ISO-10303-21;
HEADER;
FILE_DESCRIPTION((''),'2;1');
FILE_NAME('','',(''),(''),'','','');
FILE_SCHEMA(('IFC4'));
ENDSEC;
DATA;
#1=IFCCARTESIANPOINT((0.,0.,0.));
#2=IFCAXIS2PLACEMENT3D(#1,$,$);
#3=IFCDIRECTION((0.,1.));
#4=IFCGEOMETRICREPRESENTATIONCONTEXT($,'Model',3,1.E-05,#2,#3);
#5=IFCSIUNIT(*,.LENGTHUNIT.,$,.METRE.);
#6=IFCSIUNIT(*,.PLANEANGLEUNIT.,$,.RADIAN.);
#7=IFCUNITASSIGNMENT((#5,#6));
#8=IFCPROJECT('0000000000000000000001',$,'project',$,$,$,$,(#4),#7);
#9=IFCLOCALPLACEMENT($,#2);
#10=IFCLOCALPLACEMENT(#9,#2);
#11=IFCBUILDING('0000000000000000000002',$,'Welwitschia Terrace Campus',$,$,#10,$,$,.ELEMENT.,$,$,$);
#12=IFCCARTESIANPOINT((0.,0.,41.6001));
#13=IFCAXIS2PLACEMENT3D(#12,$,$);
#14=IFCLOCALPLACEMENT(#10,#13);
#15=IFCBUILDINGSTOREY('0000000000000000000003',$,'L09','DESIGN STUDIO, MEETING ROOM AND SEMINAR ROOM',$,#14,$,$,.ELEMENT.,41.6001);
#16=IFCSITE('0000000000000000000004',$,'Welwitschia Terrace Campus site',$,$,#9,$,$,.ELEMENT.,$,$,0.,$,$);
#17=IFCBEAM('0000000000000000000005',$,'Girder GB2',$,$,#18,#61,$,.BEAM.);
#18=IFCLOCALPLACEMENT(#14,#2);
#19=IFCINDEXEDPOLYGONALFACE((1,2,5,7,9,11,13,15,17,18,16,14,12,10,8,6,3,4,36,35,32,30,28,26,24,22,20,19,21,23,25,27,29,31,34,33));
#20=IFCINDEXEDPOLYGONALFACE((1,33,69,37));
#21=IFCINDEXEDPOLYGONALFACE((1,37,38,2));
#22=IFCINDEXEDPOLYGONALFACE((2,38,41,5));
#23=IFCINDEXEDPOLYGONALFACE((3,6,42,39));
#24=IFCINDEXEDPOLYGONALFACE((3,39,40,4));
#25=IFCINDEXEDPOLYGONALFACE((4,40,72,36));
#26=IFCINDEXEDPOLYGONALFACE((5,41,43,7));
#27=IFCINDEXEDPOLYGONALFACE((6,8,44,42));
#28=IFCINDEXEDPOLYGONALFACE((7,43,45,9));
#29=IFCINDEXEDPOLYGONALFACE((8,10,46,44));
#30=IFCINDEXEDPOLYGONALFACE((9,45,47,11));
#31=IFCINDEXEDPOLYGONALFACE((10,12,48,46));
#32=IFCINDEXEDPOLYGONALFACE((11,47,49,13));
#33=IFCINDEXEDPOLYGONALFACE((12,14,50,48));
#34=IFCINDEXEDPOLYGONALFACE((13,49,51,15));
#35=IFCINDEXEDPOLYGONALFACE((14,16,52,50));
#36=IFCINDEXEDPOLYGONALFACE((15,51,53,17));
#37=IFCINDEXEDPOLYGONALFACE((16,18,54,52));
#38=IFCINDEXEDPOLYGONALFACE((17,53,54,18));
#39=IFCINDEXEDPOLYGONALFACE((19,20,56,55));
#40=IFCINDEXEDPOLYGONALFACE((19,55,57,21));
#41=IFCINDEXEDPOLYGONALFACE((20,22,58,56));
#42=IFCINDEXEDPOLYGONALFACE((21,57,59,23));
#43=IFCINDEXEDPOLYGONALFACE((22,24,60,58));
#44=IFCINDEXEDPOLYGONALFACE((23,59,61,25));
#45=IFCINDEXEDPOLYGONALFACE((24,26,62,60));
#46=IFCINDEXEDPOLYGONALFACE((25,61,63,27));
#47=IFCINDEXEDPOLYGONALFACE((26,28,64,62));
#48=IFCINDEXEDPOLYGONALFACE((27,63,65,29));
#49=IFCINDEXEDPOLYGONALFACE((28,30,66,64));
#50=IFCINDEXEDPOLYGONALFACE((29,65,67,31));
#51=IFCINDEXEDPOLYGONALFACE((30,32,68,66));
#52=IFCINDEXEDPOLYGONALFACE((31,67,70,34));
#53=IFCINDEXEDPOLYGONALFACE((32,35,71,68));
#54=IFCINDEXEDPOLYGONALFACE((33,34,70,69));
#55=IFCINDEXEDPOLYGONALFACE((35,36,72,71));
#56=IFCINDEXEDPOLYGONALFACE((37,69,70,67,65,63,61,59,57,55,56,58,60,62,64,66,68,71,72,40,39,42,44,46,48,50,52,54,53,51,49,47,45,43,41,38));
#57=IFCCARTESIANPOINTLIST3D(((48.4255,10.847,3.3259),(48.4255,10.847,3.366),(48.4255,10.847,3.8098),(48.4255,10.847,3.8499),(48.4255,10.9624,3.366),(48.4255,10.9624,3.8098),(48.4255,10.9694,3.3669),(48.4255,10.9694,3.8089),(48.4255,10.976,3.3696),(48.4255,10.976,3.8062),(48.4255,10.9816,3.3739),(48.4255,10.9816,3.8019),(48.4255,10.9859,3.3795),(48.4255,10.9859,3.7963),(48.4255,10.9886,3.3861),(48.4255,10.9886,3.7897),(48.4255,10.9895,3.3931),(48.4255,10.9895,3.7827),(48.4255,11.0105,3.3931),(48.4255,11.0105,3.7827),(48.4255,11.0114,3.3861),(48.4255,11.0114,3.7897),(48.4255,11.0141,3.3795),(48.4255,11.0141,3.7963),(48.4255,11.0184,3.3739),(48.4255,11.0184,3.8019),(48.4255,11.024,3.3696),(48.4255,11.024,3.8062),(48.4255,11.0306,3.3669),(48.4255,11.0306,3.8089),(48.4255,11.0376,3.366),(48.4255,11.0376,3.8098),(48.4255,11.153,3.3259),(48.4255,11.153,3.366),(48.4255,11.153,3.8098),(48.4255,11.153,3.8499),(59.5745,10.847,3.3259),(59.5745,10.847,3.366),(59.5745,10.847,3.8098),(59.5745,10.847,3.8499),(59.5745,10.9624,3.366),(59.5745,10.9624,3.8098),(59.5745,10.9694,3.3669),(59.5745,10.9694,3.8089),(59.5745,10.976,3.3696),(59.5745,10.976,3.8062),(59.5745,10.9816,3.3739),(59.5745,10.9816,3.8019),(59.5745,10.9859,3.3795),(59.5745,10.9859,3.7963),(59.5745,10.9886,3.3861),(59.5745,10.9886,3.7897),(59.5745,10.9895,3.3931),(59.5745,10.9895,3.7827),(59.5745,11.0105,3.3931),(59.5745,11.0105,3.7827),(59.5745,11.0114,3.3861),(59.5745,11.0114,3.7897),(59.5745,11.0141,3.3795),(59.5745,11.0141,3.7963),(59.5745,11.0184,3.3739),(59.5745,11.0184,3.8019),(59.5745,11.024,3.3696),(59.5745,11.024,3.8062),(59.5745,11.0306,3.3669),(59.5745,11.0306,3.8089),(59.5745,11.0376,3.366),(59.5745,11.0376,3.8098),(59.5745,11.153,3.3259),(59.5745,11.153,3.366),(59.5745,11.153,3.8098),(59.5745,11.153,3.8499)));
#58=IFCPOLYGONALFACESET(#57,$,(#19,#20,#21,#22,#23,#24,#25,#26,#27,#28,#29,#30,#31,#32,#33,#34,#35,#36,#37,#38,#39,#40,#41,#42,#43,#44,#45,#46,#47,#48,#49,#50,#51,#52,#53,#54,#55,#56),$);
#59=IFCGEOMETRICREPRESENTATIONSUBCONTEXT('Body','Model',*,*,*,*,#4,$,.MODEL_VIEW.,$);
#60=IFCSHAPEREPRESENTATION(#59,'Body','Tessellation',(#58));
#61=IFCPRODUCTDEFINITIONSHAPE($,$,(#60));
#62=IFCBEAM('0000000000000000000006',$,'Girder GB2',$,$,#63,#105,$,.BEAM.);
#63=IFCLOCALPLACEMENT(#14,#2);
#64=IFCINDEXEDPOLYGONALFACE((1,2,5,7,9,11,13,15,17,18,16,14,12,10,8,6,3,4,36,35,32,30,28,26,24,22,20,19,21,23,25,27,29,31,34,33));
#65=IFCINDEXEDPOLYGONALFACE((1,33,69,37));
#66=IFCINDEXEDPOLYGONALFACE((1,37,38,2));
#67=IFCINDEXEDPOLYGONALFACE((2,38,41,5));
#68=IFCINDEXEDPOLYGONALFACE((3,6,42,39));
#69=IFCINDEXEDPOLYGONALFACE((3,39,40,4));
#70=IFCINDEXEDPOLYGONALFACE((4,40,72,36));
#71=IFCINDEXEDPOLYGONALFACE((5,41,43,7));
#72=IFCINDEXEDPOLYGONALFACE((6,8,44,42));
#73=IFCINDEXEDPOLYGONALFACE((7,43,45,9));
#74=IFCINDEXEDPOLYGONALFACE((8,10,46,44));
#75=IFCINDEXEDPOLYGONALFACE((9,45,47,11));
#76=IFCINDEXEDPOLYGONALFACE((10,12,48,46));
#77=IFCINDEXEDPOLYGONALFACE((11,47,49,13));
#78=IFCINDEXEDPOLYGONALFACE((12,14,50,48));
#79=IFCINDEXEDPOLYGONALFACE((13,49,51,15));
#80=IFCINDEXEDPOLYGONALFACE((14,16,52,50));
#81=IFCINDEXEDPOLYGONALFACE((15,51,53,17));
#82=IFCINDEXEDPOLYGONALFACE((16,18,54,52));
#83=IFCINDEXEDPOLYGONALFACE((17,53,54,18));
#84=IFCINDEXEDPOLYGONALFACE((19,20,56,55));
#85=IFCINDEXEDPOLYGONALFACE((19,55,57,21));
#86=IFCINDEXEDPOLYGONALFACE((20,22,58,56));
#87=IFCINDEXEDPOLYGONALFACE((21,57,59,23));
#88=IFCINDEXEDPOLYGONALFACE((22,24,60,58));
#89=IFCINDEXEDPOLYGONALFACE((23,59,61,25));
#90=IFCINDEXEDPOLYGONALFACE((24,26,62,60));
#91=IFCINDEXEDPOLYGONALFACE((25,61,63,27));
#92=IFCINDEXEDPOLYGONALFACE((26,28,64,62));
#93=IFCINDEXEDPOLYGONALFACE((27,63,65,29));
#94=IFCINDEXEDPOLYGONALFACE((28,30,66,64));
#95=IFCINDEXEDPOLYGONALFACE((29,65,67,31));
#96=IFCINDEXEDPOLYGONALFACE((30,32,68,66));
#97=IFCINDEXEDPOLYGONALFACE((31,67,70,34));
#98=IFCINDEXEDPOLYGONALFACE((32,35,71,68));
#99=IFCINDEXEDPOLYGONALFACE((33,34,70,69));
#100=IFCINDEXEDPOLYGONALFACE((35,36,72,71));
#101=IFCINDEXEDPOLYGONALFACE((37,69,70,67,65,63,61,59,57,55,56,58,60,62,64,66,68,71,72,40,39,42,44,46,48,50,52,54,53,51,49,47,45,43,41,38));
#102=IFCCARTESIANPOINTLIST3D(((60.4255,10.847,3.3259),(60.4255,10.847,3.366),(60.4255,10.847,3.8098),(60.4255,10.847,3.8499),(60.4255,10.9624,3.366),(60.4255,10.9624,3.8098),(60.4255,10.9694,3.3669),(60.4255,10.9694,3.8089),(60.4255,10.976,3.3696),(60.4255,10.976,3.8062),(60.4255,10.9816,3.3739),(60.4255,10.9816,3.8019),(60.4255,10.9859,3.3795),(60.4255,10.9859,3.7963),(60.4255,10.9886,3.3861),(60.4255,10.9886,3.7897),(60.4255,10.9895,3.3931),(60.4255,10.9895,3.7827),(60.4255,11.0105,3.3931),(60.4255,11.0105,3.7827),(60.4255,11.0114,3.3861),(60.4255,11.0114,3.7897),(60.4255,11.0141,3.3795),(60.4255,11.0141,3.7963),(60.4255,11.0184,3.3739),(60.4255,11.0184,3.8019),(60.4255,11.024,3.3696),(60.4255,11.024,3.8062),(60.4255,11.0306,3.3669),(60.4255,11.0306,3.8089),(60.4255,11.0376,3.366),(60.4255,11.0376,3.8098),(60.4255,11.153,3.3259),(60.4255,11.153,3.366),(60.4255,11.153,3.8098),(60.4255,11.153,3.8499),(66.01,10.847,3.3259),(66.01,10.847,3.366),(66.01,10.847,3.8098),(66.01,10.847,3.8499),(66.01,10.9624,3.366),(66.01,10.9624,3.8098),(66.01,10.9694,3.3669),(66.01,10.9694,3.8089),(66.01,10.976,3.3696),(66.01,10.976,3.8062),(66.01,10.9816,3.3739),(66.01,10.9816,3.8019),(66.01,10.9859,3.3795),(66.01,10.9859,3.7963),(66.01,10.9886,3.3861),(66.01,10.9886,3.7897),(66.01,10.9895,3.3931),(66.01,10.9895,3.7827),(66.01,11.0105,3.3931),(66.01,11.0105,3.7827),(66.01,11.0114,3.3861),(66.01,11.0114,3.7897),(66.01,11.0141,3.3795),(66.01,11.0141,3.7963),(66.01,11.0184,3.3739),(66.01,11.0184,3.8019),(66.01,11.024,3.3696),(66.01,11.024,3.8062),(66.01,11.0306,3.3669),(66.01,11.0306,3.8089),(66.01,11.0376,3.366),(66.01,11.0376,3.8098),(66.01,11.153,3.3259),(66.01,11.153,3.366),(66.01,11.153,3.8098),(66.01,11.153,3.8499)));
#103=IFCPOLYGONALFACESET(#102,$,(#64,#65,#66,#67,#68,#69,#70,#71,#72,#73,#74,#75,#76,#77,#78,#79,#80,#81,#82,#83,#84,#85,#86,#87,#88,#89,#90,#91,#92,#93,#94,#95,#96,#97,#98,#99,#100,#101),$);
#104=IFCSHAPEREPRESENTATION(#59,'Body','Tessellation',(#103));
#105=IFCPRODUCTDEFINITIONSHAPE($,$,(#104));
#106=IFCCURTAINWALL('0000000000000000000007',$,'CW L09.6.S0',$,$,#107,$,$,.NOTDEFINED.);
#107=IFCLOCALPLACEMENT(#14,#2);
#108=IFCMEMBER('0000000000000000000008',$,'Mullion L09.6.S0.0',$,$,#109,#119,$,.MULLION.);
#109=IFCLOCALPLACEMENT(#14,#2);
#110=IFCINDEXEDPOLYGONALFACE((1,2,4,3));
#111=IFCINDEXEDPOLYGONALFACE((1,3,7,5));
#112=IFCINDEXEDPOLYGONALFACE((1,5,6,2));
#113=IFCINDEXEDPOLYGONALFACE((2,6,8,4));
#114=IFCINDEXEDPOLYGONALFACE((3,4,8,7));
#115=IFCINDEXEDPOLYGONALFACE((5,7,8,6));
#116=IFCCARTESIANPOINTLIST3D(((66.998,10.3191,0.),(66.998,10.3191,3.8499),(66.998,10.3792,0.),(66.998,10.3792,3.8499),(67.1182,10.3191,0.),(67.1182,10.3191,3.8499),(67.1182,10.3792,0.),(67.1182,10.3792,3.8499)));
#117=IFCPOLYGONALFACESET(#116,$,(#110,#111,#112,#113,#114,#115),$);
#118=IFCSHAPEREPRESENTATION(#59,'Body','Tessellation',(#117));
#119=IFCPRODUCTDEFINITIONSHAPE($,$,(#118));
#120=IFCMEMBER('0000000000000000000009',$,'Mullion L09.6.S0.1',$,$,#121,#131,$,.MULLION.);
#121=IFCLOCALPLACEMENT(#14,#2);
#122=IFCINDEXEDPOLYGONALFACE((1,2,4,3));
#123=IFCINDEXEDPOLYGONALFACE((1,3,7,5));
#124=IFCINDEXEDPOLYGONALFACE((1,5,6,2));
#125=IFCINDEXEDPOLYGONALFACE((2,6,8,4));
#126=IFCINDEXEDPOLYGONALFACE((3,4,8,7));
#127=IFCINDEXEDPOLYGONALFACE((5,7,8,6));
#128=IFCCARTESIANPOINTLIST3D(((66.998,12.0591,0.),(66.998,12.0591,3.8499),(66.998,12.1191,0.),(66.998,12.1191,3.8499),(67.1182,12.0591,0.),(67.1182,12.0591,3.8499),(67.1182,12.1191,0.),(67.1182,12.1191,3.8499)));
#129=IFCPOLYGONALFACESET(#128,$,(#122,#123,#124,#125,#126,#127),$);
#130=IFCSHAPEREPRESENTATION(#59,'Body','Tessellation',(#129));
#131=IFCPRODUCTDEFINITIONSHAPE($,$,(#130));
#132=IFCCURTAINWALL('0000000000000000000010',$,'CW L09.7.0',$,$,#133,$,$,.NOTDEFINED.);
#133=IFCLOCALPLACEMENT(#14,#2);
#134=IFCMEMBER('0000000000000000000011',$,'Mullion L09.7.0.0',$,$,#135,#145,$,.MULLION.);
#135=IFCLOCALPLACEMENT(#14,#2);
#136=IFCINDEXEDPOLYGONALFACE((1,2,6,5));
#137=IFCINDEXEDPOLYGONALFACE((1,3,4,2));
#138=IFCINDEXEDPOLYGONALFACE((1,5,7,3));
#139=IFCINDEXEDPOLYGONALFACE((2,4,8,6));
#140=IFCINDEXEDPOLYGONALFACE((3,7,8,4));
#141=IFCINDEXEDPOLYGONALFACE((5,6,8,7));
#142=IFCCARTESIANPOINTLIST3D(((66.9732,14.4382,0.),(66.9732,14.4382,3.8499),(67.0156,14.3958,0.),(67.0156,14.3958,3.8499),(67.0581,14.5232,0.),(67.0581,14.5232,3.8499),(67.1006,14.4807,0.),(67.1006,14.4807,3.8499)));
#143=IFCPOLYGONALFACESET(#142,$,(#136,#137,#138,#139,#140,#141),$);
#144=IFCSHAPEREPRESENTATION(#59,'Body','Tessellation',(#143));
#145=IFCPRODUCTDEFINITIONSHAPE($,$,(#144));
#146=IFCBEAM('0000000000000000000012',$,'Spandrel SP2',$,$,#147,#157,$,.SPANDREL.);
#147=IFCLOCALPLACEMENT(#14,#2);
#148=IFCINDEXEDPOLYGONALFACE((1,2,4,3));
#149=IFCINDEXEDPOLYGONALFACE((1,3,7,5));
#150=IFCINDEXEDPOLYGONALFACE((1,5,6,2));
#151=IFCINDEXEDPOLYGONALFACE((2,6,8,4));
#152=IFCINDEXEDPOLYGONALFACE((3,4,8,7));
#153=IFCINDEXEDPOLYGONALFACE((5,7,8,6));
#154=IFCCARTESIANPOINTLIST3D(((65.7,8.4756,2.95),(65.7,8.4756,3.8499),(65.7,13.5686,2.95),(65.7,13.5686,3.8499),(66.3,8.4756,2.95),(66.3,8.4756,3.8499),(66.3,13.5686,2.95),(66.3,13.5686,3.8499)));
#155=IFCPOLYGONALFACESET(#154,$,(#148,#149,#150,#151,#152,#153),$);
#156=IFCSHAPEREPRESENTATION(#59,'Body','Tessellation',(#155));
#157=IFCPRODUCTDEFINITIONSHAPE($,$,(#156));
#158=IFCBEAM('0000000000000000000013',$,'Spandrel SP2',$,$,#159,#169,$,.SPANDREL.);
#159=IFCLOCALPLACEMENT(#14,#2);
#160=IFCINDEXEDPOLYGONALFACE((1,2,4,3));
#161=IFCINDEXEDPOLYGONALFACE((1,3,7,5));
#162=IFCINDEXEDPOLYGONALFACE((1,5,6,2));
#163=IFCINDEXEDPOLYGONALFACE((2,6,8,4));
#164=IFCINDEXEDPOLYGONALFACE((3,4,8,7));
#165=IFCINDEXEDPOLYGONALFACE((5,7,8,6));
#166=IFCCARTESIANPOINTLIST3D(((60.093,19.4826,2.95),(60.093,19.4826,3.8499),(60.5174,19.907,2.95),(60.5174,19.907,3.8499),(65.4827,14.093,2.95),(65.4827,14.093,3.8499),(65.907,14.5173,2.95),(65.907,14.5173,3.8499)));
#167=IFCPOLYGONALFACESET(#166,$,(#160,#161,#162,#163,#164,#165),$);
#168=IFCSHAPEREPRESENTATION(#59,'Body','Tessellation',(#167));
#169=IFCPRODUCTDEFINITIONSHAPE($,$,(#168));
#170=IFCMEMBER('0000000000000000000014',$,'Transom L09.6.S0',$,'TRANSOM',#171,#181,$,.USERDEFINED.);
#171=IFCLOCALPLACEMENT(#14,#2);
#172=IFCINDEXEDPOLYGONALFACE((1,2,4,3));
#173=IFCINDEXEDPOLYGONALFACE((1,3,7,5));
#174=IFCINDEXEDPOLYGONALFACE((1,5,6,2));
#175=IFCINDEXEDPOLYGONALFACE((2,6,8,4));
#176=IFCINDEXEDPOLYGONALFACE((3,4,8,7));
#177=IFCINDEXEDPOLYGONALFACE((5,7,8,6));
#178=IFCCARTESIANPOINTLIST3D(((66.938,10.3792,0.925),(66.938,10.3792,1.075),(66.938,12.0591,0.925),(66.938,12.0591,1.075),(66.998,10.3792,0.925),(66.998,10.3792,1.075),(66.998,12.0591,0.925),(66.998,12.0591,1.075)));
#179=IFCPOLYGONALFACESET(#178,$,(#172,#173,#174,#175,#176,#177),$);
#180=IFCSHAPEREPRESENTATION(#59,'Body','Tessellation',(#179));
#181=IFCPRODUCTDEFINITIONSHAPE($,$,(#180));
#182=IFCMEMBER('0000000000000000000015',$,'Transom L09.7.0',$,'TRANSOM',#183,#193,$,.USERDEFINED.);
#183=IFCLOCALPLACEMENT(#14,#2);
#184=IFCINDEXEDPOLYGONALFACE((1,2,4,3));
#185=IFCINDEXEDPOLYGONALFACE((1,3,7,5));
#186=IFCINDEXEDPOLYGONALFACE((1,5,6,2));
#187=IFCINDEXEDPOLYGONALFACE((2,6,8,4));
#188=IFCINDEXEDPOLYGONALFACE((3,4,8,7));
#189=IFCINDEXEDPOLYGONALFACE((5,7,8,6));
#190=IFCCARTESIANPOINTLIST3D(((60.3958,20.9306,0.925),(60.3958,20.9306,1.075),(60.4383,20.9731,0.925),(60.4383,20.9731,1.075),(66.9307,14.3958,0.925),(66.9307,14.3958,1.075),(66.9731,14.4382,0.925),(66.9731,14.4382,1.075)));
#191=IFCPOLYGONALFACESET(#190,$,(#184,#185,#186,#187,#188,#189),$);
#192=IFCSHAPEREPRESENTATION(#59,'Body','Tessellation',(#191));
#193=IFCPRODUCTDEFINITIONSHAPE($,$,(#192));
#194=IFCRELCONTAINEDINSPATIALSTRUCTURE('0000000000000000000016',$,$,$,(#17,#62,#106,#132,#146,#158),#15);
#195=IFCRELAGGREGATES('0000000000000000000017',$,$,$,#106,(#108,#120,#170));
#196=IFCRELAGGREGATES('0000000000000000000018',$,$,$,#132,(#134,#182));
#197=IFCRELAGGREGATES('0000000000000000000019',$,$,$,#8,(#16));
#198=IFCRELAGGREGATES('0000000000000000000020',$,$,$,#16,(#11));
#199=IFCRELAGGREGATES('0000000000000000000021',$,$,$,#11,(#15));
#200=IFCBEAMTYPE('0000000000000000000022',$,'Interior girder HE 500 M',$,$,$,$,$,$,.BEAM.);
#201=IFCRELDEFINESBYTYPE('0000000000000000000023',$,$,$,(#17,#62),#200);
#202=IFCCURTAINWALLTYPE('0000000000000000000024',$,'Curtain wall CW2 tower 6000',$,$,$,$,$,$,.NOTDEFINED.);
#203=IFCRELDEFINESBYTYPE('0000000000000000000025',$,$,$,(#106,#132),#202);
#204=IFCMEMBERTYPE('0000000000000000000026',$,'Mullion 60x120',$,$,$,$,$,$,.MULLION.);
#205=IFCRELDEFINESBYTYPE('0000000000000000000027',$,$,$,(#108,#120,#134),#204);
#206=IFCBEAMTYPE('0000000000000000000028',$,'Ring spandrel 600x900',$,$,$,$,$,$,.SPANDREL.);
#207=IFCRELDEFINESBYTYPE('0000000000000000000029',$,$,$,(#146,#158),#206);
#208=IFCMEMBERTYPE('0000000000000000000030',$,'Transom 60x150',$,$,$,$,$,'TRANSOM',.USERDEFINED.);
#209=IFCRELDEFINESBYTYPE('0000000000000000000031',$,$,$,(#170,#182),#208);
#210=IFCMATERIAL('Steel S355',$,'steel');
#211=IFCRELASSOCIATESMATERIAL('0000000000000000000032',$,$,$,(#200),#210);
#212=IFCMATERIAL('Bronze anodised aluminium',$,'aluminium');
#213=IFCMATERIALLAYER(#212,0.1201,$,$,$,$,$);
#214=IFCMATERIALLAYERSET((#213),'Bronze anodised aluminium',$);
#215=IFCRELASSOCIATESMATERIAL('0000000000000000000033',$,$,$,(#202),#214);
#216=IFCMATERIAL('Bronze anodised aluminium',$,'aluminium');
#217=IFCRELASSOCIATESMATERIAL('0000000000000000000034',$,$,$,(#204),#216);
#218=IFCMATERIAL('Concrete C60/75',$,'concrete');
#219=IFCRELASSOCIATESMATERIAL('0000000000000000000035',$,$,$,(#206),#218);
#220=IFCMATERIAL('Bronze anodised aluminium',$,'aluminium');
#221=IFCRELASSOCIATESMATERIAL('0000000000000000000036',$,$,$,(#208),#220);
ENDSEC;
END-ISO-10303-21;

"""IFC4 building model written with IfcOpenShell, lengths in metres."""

from ifc_helpers import new_model, si_unit, direction, frame, origin, origin_2d, place, context, subcontext, project, spatial, rectangle, i_section, extrude, material, layer, layer_set, material_profile, profile_set, type_object, element, aggregate, save


model = new_model("IFC4")

# Units and contexts
model_context = context("Model", 3, precision=1e-05, world=origin(), true_north=direction((0.0, 1.0)))
body_context = subcontext(model_context, "Body", "Model", "MODEL_VIEW")
ifc_project = project(units=[si_unit("LENGTHUNIT", "METRE"), si_unit("PLANEANGLEUNIT", "RADIAN")], contexts=[model_context])

# Site, building, storey
site_placement = place(None, origin())
site = spatial("IfcSite", under=ifc_project, at=site_placement, Name="Welwitschia Terrace Campus site", CompositionType="ELEMENT", RefElevation=0.0)
building_placement = place(site_placement, origin())
building = spatial("IfcBuilding", under=site, at=building_placement, Name="Welwitschia Terrace Campus", CompositionType="ELEMENT")
storey_placement = place(building_placement, frame((0.0, 0.0, 41.6001)))
storey = spatial("IfcBuildingStorey", under=building, at=storey_placement, Name="L09", Description="DESIGN STUDIO, MEETING ROOM AND SEMINAR ROOM", CompositionType="ELEMENT", Elevation=41.6001)

# Beams
ifc_material_1 = material(Name="Steel S355", Category="steel")
ifc_material_profile_1 = material_profile(ifc_material_1, i_section(OverallWidth=0.3059, OverallDepth=0.5239, WebThickness=0.021, FlangeThickness=0.04, FilletRadius=0.0271, at=origin_2d()))
ifc_profile_set_1 = profile_set([ifc_material_profile_1], Name="Steel S355")
beam_type_1 = type_object("IfcBeamType", Name="Interior girder HE 500 M", PredefinedType="BEAM", material=ifc_profile_set_1)
beam_1_placement = place(storey_placement, frame((48.4255, 11.0, 3.5879), z_axis=(1.0, 0.0, 0.0), x_axis=(0.0, 1.0, 0.0)))
element("IfcBeam", 1, at=beam_1_placement, inside=storey, type_object=beam_type_1, Name="Girder GB2", PredefinedType="BEAM", context=body_context, shape_type="SweptSolid", body=[
    extrude(i_section(OverallWidth=0.3059, OverallDepth=0.5239, WebThickness=0.021, FlangeThickness=0.04, FilletRadius=0.0271, at=origin_2d()), origin(), (0.0, 0.0, 1.0), 11.1489),
])
beam_2_placement = place(storey_placement, frame((60.4255, 11.0, 3.5879), z_axis=(1.0, 0.0, 0.0), x_axis=(0.0, 1.0, 0.0)))
element("IfcBeam", 2, at=beam_2_placement, inside=storey, type_object=beam_type_1, Name="Girder GB2", PredefinedType="BEAM", context=body_context, shape_type="SweptSolid", body=[
    extrude(i_section(OverallWidth=0.3059, OverallDepth=0.5239, WebThickness=0.021, FlangeThickness=0.04, FilletRadius=0.0271, at=origin_2d()), origin(), (0.0, 0.0, 1.0), 5.5845),
])

# Curtain wall, members
ifc_material_2 = material(Name="Bronze anodised aluminium", Category="aluminium")
ifc_layer_1 = layer(ifc_material_2, 0.1201)
ifc_layer_set_1 = layer_set([ifc_layer_1], Name="Bronze anodised aluminium")
curtain_wall_type = type_object("IfcCurtainWallType", Name="Curtain wall CW2 tower 6000", PredefinedType="NOTDEFINED", material=ifc_layer_set_1)
curtain_wall_1_placement = place(storey_placement, origin())
curtain_wall_1 = element("IfcCurtainWall", 3, at=curtain_wall_1_placement, inside=storey, type_object=curtain_wall_type, Name="CW L09.6.S0", PredefinedType="NOTDEFINED")
ifc_material_3 = material(Name="Bronze anodised aluminium", Category="aluminium")
ifc_material_profile_2 = material_profile(ifc_material_3, rectangle(XDim=0.1201, YDim=0.0601, at=origin_2d()))
ifc_profile_set_2 = profile_set([ifc_material_profile_2], Name="Bronze anodised aluminium")
member_type_1 = type_object("IfcMemberType", Name="Mullion 60x120", PredefinedType="MULLION", material=ifc_profile_set_2)
member_1_placement = place(storey_placement, frame((67.0581, 10.3491, 0.0), z_axis=(0.0, 0.0, 1.0), x_axis=(-1.0, 0.0, 0.0)))
member_1 = element("IfcMember", 4, at=member_1_placement, type_object=member_type_1, Name="Mullion L09.6.S0.0", PredefinedType="MULLION", context=body_context, shape_type="SweptSolid", body=[
    extrude(rectangle(XDim=0.1201, YDim=0.0601, at=origin_2d()), origin(), (0.0, 0.0, 1.0), 3.8499),
])
member_2_placement = place(storey_placement, frame((67.0581, 12.0891, 0.0), z_axis=(0.0, 0.0, 1.0), x_axis=(-1.0, 0.0, 0.0)))
member_2 = element("IfcMember", 5, at=member_2_placement, type_object=member_type_1, Name="Mullion L09.6.S0.1", PredefinedType="MULLION", context=body_context, shape_type="SweptSolid", body=[
    extrude(rectangle(XDim=0.1201, YDim=0.0601, at=origin_2d()), origin(), (0.0, 0.0, 1.0), 3.8499),
])

# Curtain wall, member
curtain_wall_2_placement = place(storey_placement, origin())
curtain_wall_2 = element("IfcCurtainWall", 6, at=curtain_wall_2_placement, inside=storey, type_object=curtain_wall_type, Name="CW L09.7.0", PredefinedType="NOTDEFINED")
member_3_placement = place(storey_placement, frame((67.0369, 14.4595, 0.0), z_axis=(0.0, 0.0, 1.0), x_axis=(-0.707107, -0.707107, 0.0)))
member_3 = element("IfcMember", 7, at=member_3_placement, type_object=member_type_1, Name="Mullion L09.7.0.0", PredefinedType="MULLION", context=body_context, shape_type="SweptSolid", body=[
    extrude(rectangle(XDim=0.1201, YDim=0.0601, at=origin_2d()), origin(), (0.0, 0.0, 1.0), 3.8499),
])

# Beams
ifc_material_4 = material(Name="Concrete C60/75", Category="concrete")
ifc_material_profile_3 = material_profile(ifc_material_4, rectangle(XDim=0.6001, YDim=0.8999, at=origin_2d()))
ifc_profile_set_3 = profile_set([ifc_material_profile_3], Name="Concrete C60/75")
beam_type_2 = type_object("IfcBeamType", Name="Ring spandrel 600x900", PredefinedType="SPANDREL", material=ifc_profile_set_3)
beam_3_placement = place(storey_placement, frame((66.0, 8.4756, 3.3999), z_axis=(0.0, 1.0, 0.0), x_axis=(-1.0, 0.0, 0.0)))
element("IfcBeam", 8, at=beam_3_placement, inside=storey, type_object=beam_type_2, Name="Spandrel SP2", PredefinedType="SPANDREL", context=body_context, shape_type="SweptSolid", body=[
    extrude(rectangle(XDim=0.6001, YDim=0.8999, at=origin_2d()), origin(), (0.0, 0.0, 1.0), 5.093),
])
beam_4_placement = place(storey_placement, frame((65.6948, 14.3052, 3.3999), z_axis=(-0.707107, 0.707107, 0.0), x_axis=(-0.707107, -0.707107, 0.0)))
element("IfcBeam", 9, at=beam_4_placement, inside=storey, type_object=beam_type_2, Name="Spandrel SP2", PredefinedType="SPANDREL", context=body_context, shape_type="SweptSolid", body=[
    extrude(rectangle(XDim=0.6001, YDim=0.8999, at=origin_2d()), origin(), (0.0, 0.0, 1.0), 7.6221),
])

# Members
ifc_material_5 = material(Name="Bronze anodised aluminium", Category="aluminium")
ifc_material_profile_4 = material_profile(ifc_material_5, rectangle(XDim=0.0601, YDim=0.1499, at=origin_2d()))
ifc_profile_set_4 = profile_set([ifc_material_profile_4], Name="Bronze anodised aluminium")
member_type_2 = type_object("IfcMemberType", Name="Transom 60x150", ElementType="TRANSOM", PredefinedType="USERDEFINED", material=ifc_profile_set_4)
member_4_placement = place(storey_placement, frame((66.968, 10.3792, 1.0), z_axis=(0.0, 1.0, 0.0), x_axis=(-1.0, 0.0, 0.0)))
member_4 = element("IfcMember", 10, at=member_4_placement, type_object=member_type_2, Name="Transom L09.6.S0", ObjectType="TRANSOM", PredefinedType="USERDEFINED", context=body_context, shape_type="SweptSolid", body=[
    extrude(rectangle(XDim=0.0601, YDim=0.1499, at=origin_2d()), origin(), (0.0, 0.0, 1.0), 1.6799),
])
member_5_placement = place(storey_placement, frame((66.9519, 14.417, 1.0), z_axis=(-0.707107, 0.707107, 0.0), x_axis=(-0.707107, -0.707107, 0.0)))
member_5 = element("IfcMember", 11, at=member_5_placement, type_object=member_type_2, Name="Transom L09.7.0", ObjectType="TRANSOM", PredefinedType="USERDEFINED", context=body_context, shape_type="SweptSolid", body=[
    extrude(rectangle(XDim=0.0601, YDim=0.1499, at=origin_2d()), origin(), (0.0, 0.0, 1.0), 9.2417),
])

aggregate(curtain_wall_1, [member_1, member_2, member_4])
aggregate(curtain_wall_2, [member_3, member_5])

save(model, "model.ifc")
